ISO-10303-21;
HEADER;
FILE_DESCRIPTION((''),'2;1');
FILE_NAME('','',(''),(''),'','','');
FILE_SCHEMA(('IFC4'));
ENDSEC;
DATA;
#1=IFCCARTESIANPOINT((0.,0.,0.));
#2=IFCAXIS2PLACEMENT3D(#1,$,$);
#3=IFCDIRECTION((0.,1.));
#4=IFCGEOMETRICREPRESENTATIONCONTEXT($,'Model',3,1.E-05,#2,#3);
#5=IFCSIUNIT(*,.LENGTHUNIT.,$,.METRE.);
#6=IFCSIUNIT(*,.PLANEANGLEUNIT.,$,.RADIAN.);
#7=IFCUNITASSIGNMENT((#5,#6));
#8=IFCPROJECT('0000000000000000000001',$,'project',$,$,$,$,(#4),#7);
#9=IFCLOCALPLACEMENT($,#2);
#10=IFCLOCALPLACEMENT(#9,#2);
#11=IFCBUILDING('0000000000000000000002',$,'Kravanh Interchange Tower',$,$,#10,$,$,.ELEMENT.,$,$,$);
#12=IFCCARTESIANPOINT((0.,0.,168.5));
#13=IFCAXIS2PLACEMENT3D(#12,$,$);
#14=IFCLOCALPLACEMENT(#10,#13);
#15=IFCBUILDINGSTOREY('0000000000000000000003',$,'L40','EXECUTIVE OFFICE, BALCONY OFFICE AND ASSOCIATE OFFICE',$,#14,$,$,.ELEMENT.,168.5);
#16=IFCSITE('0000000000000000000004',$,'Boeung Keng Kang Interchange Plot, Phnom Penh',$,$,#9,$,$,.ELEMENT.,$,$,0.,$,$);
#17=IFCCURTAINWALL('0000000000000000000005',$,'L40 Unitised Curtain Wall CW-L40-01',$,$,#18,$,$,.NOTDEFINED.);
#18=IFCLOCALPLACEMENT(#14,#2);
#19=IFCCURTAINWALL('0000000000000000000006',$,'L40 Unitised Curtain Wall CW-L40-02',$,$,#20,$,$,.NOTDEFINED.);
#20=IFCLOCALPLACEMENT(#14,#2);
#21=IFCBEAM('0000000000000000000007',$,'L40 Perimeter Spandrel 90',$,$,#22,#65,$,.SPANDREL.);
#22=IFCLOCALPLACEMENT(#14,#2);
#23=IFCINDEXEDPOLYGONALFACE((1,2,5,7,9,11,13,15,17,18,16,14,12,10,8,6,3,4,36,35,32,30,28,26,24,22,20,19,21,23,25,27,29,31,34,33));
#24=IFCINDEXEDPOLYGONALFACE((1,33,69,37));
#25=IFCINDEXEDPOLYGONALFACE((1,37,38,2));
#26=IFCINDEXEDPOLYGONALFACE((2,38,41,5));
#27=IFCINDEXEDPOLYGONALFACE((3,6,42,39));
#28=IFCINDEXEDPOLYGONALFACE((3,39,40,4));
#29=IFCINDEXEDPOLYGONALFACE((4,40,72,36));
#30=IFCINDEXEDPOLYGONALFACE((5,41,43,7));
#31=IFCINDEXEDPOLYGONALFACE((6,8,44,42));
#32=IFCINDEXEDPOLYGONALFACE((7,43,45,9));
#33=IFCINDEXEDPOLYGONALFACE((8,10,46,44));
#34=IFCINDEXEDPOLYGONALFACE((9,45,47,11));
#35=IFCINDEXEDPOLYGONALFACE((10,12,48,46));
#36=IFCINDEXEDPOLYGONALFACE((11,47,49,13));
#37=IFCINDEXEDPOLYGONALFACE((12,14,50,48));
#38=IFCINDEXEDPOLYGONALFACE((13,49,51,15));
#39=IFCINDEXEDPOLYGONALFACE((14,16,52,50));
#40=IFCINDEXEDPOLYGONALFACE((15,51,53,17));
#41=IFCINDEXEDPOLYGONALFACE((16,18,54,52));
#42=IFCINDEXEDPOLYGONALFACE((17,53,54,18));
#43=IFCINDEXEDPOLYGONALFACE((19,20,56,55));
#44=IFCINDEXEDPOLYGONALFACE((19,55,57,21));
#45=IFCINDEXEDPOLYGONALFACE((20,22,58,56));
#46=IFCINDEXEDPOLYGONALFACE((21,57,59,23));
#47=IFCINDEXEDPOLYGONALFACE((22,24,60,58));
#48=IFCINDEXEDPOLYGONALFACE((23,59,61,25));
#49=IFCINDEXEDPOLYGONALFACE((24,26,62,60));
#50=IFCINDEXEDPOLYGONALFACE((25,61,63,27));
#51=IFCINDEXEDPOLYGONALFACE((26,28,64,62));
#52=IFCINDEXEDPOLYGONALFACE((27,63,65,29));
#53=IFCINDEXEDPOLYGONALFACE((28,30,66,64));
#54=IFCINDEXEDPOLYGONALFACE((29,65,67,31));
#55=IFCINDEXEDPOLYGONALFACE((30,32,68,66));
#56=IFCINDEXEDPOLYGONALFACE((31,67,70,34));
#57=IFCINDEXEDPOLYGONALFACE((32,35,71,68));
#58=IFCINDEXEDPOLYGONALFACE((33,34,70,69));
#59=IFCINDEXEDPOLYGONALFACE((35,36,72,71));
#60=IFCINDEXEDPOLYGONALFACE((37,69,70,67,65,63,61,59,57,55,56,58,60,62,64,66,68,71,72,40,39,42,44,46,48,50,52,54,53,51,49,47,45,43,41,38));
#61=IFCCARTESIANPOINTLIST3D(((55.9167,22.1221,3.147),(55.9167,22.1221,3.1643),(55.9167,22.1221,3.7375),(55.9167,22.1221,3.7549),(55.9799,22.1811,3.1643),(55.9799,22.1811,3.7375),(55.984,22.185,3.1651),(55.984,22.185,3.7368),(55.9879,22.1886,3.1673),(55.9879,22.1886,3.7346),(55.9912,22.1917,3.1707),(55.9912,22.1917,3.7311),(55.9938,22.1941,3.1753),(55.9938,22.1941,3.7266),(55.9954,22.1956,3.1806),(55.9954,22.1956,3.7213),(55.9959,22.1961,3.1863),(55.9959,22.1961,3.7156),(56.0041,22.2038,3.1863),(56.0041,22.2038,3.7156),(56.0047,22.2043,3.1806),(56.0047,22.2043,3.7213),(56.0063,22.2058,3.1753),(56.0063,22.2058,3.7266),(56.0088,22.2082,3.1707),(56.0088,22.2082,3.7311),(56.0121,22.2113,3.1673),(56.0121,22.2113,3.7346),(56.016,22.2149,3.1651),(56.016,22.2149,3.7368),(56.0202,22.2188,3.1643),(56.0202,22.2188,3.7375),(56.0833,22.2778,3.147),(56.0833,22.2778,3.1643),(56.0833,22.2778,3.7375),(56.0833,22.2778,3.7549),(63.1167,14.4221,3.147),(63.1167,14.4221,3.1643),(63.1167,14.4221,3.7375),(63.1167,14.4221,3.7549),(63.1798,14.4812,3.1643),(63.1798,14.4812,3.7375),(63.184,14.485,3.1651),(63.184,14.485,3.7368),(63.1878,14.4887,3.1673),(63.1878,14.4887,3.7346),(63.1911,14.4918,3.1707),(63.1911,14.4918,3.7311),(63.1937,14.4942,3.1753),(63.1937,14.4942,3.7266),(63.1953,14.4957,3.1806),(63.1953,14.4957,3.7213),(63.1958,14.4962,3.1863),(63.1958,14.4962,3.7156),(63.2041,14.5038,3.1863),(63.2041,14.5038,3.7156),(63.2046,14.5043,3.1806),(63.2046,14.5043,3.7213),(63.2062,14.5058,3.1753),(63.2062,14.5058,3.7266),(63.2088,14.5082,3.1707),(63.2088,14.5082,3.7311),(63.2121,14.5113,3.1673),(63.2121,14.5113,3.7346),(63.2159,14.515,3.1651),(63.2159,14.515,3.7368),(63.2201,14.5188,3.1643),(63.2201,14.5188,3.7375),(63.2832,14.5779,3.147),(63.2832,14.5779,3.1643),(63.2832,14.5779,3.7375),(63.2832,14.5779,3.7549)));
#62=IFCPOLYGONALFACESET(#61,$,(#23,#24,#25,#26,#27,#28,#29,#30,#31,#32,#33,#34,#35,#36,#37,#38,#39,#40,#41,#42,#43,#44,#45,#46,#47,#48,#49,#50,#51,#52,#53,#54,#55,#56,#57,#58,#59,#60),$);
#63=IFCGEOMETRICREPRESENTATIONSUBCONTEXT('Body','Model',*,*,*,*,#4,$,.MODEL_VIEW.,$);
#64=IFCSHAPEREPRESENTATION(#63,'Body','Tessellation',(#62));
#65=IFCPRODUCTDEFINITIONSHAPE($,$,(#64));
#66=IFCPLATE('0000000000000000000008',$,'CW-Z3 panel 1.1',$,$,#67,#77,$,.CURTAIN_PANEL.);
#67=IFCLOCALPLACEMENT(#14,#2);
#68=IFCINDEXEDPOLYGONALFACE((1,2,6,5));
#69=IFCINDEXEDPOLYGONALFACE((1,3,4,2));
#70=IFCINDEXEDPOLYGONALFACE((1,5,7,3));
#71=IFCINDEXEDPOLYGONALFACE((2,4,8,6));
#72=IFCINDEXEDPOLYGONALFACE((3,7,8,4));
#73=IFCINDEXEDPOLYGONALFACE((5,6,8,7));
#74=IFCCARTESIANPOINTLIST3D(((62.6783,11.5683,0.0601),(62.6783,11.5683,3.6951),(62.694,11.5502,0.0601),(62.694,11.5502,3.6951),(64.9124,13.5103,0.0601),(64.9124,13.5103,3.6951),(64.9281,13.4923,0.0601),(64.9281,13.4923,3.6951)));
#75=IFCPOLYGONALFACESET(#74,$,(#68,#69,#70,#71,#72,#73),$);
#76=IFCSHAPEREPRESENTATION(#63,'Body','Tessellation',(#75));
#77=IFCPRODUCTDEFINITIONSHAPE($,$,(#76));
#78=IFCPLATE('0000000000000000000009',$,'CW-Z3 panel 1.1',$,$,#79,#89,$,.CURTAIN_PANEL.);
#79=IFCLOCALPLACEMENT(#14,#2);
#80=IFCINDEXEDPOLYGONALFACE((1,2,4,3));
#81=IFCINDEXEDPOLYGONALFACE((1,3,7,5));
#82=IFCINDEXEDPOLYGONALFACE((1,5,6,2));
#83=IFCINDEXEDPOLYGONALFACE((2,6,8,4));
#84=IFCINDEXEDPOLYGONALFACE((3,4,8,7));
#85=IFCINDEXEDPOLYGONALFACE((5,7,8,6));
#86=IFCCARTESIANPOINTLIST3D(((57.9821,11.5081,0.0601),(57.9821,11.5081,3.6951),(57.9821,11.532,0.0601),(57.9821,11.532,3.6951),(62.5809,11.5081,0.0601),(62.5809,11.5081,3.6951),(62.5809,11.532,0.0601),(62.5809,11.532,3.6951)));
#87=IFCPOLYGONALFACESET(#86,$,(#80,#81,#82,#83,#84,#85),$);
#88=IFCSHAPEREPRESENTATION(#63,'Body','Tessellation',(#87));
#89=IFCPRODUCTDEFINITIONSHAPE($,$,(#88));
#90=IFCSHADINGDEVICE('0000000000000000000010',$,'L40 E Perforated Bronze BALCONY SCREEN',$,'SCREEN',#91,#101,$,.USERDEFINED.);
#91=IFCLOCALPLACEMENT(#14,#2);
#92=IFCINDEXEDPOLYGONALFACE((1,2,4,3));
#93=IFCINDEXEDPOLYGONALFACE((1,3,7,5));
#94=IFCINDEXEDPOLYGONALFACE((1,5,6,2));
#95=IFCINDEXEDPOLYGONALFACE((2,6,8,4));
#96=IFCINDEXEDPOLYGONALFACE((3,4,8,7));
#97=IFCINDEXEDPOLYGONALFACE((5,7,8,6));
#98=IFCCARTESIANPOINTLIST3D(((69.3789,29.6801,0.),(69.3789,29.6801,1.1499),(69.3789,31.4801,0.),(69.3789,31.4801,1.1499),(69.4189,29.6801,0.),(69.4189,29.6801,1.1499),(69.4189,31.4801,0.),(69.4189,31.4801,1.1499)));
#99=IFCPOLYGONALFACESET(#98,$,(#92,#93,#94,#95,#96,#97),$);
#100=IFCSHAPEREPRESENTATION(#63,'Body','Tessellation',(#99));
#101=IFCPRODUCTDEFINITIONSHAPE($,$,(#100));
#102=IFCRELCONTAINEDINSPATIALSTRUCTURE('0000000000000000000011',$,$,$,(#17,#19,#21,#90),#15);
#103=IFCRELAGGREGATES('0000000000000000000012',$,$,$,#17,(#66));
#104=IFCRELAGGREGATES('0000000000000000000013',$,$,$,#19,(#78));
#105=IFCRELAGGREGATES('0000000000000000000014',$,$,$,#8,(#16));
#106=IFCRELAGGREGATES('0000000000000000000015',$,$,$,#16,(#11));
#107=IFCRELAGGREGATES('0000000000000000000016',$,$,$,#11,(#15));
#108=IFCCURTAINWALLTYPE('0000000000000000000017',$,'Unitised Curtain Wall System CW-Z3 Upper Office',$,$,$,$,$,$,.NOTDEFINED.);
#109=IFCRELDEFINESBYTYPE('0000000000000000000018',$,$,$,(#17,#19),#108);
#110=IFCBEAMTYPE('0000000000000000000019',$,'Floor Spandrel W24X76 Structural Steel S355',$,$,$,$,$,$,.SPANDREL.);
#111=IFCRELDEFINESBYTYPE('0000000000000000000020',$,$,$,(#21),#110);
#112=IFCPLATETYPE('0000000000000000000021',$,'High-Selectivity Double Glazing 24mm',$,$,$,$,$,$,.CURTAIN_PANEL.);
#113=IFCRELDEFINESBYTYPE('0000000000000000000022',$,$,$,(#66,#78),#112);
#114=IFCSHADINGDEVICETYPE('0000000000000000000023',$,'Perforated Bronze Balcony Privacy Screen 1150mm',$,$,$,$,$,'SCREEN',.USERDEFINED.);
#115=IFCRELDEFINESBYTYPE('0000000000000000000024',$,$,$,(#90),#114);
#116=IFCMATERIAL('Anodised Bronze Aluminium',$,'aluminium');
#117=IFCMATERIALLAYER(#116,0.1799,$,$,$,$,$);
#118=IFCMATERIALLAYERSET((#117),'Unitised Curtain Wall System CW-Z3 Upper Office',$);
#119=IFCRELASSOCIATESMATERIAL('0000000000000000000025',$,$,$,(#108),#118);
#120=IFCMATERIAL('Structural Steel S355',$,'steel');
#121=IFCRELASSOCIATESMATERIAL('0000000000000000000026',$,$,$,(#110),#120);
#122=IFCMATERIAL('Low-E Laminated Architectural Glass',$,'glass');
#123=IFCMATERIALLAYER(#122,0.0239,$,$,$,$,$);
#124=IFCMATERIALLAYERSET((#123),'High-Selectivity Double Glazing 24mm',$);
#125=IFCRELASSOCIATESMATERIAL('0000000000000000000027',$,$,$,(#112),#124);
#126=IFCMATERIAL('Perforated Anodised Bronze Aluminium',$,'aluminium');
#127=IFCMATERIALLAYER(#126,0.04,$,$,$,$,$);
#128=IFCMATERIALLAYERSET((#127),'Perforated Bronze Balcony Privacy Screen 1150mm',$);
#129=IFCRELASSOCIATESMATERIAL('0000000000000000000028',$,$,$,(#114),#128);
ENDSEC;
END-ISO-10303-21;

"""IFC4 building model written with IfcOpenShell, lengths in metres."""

from ifc_helpers import new_model, si_unit, direction, frame, origin, origin_2d, place, context, subcontext, project, spatial, rectangle, i_section, extrude, material, layer, layer_set, material_profile, profile_set, type_object, element, aggregate, save


model = new_model("IFC4")

# Units and contexts
model_context = context("Model", 3, precision=1e-05, world=origin(), true_north=direction((0.0, 1.0)))
body_context = subcontext(model_context, "Body", "Model", "MODEL_VIEW")
ifc_project = project(units=[si_unit("LENGTHUNIT", "METRE"), si_unit("PLANEANGLEUNIT", "RADIAN")], contexts=[model_context])

# Site, building, storey
site_placement = place(None, origin())
site = spatial("IfcSite", under=ifc_project, at=site_placement, Name="Boeung Keng Kang Interchange Plot, Phnom Penh", CompositionType="ELEMENT", RefElevation=0.0)
building_placement = place(site_placement, origin())
building = spatial("IfcBuilding", under=site, at=building_placement, Name="Kravanh Interchange Tower", CompositionType="ELEMENT")
storey_placement = place(building_placement, frame((0.0, 0.0, 168.5)))
storey = spatial("IfcBuildingStorey", under=building, at=storey_placement, Name="L40", Description="EXECUTIVE OFFICE, BALCONY OFFICE AND ASSOCIATE OFFICE", CompositionType="ELEMENT", Elevation=168.5)

# Curtain walls
ifc_material_1 = material(Name="Anodised Bronze Aluminium", Category="aluminium")
ifc_layer_1 = layer(ifc_material_1, 0.1799)
ifc_layer_set_1 = layer_set([ifc_layer_1], Name="Unitised Curtain Wall System CW-Z3 Upper Office")
curtain_wall_type = type_object("IfcCurtainWallType", Name="Unitised Curtain Wall System CW-Z3 Upper Office", PredefinedType="NOTDEFINED", material=ifc_layer_set_1)
curtain_wall_1_placement = place(storey_placement, origin())
curtain_wall_1 = element("IfcCurtainWall", 1, at=curtain_wall_1_placement, inside=storey, type_object=curtain_wall_type, Name="L40 Unitised Curtain Wall CW-L40-01", PredefinedType="NOTDEFINED")
curtain_wall_2_placement = place(storey_placement, origin())
curtain_wall_2 = element("IfcCurtainWall", 2, at=curtain_wall_2_placement, inside=storey, type_object=curtain_wall_type, Name="L40 Unitised Curtain Wall CW-L40-02", PredefinedType="NOTDEFINED")

# Beam
ifc_material_2 = material(Name="Structural Steel S355", Category="steel")
ifc_material_profile_1 = material_profile(ifc_material_2, i_section(OverallWidth=0.228, OverallDepth=0.6079, WebThickness=0.0112, FlangeThickness=0.0173, FilletRadius=0.022, at=origin_2d()), Name="W24X76")
ifc_profile_set_1 = profile_set([ifc_material_profile_1], Name="Structural Steel S355")
beam_type_1 = type_object("IfcBeamType", Name="Floor Spandrel W24X76 Structural Steel S355", PredefinedType="SPANDREL", material=ifc_profile_set_1)
beam_1_placement = place(storey_placement, frame((63.2, 14.5, 3.4509), z_axis=(-0.682994, 0.730424, 0.0), x_axis=(-0.730424, -0.682994, 0.0)))
element("IfcBeam", 3, at=beam_1_placement, inside=storey, type_object=beam_type_1, Name="L40 Perimeter Spandrel 90", PredefinedType="SPANDREL", context=body_context, shape_type="SweptSolid", body=[
    extrude(i_section(OverallWidth=0.228, OverallDepth=0.6079, WebThickness=0.0112, FlangeThickness=0.0173, FilletRadius=0.022, at=origin_2d()), origin(), (0.0, 0.0, 1.0), 10.5417),
])

# Plates
ifc_material_3 = material(Name="Low-E Laminated Architectural Glass", Category="glass")
ifc_layer_2 = layer(ifc_material_3, 0.0239)
ifc_layer_set_2 = layer_set([ifc_layer_2], Name="High-Selectivity Double Glazing 24mm")
plate_type = type_object("IfcPlateType", Name="High-Selectivity Double Glazing 24mm", PredefinedType="CURTAIN_PANEL", material=ifc_layer_set_2)
plate_1_placement = place(storey_placement, frame((63.8032, 12.5303, 0.0601), z_axis=(0.0, 0.0, 1.0), x_axis=(-0.754717, -0.656051, 0.0)))
plate_1 = element("IfcPlate", 4, at=plate_1_placement, type_object=plate_type, Name="CW-Z3 panel 1.1", PredefinedType="CURTAIN_PANEL", context=body_context, shape_type="SweptSolid", body=[
    extrude(rectangle(XDim=2.9602, YDim=0.0239, at=origin_2d()), origin(), (0.0, 0.0, 1.0), 3.635),
])
aggregate(curtain_wall_1, [plate_1])
plate_2_placement = place(storey_placement, frame((60.2815, 11.52, 0.0601), z_axis=(0.0, 0.0, 1.0), x_axis=(-1.0, 0.0, 0.0)))
plate_2 = element("IfcPlate", 5, at=plate_2_placement, type_object=plate_type, Name="CW-Z3 panel 1.1", PredefinedType="CURTAIN_PANEL", context=body_context, shape_type="SweptSolid", body=[
    extrude(rectangle(XDim=4.5989, YDim=0.0239, at=origin_2d()), origin(), (0.0, 0.0, 1.0), 3.635),
])
aggregate(curtain_wall_2, [plate_2])

# Shading device
ifc_material_4 = material(Name="Perforated Anodised Bronze Aluminium", Category="aluminium")
ifc_layer_3 = layer(ifc_material_4, 0.04)
ifc_layer_set_3 = layer_set([ifc_layer_3], Name="Perforated Bronze Balcony Privacy Screen 1150mm")
shading_device_type = type_object("IfcShadingDeviceType", Name="Perforated Bronze Balcony Privacy Screen 1150mm", ElementType="SCREEN", PredefinedType="USERDEFINED", material=ifc_layer_set_3)
shading_device_placement = place(storey_placement, frame((69.3989, 30.5801, 0.0), z_axis=(0.0, 0.0, 1.0), x_axis=(1.0, 0.0, 0.0)))
element("IfcShadingDevice", 6, at=shading_device_placement, inside=storey, type_object=shading_device_type, Name="L40 E Perforated Bronze BALCONY SCREEN", ObjectType="SCREEN", PredefinedType="USERDEFINED", context=body_context, shape_type="SweptSolid", body=[
    extrude(rectangle(XDim=0.04, YDim=1.8, at=origin_2d()), origin(), (0.0, 0.0, 1.0), 1.1499),
])

save(model, "model.ifc")
